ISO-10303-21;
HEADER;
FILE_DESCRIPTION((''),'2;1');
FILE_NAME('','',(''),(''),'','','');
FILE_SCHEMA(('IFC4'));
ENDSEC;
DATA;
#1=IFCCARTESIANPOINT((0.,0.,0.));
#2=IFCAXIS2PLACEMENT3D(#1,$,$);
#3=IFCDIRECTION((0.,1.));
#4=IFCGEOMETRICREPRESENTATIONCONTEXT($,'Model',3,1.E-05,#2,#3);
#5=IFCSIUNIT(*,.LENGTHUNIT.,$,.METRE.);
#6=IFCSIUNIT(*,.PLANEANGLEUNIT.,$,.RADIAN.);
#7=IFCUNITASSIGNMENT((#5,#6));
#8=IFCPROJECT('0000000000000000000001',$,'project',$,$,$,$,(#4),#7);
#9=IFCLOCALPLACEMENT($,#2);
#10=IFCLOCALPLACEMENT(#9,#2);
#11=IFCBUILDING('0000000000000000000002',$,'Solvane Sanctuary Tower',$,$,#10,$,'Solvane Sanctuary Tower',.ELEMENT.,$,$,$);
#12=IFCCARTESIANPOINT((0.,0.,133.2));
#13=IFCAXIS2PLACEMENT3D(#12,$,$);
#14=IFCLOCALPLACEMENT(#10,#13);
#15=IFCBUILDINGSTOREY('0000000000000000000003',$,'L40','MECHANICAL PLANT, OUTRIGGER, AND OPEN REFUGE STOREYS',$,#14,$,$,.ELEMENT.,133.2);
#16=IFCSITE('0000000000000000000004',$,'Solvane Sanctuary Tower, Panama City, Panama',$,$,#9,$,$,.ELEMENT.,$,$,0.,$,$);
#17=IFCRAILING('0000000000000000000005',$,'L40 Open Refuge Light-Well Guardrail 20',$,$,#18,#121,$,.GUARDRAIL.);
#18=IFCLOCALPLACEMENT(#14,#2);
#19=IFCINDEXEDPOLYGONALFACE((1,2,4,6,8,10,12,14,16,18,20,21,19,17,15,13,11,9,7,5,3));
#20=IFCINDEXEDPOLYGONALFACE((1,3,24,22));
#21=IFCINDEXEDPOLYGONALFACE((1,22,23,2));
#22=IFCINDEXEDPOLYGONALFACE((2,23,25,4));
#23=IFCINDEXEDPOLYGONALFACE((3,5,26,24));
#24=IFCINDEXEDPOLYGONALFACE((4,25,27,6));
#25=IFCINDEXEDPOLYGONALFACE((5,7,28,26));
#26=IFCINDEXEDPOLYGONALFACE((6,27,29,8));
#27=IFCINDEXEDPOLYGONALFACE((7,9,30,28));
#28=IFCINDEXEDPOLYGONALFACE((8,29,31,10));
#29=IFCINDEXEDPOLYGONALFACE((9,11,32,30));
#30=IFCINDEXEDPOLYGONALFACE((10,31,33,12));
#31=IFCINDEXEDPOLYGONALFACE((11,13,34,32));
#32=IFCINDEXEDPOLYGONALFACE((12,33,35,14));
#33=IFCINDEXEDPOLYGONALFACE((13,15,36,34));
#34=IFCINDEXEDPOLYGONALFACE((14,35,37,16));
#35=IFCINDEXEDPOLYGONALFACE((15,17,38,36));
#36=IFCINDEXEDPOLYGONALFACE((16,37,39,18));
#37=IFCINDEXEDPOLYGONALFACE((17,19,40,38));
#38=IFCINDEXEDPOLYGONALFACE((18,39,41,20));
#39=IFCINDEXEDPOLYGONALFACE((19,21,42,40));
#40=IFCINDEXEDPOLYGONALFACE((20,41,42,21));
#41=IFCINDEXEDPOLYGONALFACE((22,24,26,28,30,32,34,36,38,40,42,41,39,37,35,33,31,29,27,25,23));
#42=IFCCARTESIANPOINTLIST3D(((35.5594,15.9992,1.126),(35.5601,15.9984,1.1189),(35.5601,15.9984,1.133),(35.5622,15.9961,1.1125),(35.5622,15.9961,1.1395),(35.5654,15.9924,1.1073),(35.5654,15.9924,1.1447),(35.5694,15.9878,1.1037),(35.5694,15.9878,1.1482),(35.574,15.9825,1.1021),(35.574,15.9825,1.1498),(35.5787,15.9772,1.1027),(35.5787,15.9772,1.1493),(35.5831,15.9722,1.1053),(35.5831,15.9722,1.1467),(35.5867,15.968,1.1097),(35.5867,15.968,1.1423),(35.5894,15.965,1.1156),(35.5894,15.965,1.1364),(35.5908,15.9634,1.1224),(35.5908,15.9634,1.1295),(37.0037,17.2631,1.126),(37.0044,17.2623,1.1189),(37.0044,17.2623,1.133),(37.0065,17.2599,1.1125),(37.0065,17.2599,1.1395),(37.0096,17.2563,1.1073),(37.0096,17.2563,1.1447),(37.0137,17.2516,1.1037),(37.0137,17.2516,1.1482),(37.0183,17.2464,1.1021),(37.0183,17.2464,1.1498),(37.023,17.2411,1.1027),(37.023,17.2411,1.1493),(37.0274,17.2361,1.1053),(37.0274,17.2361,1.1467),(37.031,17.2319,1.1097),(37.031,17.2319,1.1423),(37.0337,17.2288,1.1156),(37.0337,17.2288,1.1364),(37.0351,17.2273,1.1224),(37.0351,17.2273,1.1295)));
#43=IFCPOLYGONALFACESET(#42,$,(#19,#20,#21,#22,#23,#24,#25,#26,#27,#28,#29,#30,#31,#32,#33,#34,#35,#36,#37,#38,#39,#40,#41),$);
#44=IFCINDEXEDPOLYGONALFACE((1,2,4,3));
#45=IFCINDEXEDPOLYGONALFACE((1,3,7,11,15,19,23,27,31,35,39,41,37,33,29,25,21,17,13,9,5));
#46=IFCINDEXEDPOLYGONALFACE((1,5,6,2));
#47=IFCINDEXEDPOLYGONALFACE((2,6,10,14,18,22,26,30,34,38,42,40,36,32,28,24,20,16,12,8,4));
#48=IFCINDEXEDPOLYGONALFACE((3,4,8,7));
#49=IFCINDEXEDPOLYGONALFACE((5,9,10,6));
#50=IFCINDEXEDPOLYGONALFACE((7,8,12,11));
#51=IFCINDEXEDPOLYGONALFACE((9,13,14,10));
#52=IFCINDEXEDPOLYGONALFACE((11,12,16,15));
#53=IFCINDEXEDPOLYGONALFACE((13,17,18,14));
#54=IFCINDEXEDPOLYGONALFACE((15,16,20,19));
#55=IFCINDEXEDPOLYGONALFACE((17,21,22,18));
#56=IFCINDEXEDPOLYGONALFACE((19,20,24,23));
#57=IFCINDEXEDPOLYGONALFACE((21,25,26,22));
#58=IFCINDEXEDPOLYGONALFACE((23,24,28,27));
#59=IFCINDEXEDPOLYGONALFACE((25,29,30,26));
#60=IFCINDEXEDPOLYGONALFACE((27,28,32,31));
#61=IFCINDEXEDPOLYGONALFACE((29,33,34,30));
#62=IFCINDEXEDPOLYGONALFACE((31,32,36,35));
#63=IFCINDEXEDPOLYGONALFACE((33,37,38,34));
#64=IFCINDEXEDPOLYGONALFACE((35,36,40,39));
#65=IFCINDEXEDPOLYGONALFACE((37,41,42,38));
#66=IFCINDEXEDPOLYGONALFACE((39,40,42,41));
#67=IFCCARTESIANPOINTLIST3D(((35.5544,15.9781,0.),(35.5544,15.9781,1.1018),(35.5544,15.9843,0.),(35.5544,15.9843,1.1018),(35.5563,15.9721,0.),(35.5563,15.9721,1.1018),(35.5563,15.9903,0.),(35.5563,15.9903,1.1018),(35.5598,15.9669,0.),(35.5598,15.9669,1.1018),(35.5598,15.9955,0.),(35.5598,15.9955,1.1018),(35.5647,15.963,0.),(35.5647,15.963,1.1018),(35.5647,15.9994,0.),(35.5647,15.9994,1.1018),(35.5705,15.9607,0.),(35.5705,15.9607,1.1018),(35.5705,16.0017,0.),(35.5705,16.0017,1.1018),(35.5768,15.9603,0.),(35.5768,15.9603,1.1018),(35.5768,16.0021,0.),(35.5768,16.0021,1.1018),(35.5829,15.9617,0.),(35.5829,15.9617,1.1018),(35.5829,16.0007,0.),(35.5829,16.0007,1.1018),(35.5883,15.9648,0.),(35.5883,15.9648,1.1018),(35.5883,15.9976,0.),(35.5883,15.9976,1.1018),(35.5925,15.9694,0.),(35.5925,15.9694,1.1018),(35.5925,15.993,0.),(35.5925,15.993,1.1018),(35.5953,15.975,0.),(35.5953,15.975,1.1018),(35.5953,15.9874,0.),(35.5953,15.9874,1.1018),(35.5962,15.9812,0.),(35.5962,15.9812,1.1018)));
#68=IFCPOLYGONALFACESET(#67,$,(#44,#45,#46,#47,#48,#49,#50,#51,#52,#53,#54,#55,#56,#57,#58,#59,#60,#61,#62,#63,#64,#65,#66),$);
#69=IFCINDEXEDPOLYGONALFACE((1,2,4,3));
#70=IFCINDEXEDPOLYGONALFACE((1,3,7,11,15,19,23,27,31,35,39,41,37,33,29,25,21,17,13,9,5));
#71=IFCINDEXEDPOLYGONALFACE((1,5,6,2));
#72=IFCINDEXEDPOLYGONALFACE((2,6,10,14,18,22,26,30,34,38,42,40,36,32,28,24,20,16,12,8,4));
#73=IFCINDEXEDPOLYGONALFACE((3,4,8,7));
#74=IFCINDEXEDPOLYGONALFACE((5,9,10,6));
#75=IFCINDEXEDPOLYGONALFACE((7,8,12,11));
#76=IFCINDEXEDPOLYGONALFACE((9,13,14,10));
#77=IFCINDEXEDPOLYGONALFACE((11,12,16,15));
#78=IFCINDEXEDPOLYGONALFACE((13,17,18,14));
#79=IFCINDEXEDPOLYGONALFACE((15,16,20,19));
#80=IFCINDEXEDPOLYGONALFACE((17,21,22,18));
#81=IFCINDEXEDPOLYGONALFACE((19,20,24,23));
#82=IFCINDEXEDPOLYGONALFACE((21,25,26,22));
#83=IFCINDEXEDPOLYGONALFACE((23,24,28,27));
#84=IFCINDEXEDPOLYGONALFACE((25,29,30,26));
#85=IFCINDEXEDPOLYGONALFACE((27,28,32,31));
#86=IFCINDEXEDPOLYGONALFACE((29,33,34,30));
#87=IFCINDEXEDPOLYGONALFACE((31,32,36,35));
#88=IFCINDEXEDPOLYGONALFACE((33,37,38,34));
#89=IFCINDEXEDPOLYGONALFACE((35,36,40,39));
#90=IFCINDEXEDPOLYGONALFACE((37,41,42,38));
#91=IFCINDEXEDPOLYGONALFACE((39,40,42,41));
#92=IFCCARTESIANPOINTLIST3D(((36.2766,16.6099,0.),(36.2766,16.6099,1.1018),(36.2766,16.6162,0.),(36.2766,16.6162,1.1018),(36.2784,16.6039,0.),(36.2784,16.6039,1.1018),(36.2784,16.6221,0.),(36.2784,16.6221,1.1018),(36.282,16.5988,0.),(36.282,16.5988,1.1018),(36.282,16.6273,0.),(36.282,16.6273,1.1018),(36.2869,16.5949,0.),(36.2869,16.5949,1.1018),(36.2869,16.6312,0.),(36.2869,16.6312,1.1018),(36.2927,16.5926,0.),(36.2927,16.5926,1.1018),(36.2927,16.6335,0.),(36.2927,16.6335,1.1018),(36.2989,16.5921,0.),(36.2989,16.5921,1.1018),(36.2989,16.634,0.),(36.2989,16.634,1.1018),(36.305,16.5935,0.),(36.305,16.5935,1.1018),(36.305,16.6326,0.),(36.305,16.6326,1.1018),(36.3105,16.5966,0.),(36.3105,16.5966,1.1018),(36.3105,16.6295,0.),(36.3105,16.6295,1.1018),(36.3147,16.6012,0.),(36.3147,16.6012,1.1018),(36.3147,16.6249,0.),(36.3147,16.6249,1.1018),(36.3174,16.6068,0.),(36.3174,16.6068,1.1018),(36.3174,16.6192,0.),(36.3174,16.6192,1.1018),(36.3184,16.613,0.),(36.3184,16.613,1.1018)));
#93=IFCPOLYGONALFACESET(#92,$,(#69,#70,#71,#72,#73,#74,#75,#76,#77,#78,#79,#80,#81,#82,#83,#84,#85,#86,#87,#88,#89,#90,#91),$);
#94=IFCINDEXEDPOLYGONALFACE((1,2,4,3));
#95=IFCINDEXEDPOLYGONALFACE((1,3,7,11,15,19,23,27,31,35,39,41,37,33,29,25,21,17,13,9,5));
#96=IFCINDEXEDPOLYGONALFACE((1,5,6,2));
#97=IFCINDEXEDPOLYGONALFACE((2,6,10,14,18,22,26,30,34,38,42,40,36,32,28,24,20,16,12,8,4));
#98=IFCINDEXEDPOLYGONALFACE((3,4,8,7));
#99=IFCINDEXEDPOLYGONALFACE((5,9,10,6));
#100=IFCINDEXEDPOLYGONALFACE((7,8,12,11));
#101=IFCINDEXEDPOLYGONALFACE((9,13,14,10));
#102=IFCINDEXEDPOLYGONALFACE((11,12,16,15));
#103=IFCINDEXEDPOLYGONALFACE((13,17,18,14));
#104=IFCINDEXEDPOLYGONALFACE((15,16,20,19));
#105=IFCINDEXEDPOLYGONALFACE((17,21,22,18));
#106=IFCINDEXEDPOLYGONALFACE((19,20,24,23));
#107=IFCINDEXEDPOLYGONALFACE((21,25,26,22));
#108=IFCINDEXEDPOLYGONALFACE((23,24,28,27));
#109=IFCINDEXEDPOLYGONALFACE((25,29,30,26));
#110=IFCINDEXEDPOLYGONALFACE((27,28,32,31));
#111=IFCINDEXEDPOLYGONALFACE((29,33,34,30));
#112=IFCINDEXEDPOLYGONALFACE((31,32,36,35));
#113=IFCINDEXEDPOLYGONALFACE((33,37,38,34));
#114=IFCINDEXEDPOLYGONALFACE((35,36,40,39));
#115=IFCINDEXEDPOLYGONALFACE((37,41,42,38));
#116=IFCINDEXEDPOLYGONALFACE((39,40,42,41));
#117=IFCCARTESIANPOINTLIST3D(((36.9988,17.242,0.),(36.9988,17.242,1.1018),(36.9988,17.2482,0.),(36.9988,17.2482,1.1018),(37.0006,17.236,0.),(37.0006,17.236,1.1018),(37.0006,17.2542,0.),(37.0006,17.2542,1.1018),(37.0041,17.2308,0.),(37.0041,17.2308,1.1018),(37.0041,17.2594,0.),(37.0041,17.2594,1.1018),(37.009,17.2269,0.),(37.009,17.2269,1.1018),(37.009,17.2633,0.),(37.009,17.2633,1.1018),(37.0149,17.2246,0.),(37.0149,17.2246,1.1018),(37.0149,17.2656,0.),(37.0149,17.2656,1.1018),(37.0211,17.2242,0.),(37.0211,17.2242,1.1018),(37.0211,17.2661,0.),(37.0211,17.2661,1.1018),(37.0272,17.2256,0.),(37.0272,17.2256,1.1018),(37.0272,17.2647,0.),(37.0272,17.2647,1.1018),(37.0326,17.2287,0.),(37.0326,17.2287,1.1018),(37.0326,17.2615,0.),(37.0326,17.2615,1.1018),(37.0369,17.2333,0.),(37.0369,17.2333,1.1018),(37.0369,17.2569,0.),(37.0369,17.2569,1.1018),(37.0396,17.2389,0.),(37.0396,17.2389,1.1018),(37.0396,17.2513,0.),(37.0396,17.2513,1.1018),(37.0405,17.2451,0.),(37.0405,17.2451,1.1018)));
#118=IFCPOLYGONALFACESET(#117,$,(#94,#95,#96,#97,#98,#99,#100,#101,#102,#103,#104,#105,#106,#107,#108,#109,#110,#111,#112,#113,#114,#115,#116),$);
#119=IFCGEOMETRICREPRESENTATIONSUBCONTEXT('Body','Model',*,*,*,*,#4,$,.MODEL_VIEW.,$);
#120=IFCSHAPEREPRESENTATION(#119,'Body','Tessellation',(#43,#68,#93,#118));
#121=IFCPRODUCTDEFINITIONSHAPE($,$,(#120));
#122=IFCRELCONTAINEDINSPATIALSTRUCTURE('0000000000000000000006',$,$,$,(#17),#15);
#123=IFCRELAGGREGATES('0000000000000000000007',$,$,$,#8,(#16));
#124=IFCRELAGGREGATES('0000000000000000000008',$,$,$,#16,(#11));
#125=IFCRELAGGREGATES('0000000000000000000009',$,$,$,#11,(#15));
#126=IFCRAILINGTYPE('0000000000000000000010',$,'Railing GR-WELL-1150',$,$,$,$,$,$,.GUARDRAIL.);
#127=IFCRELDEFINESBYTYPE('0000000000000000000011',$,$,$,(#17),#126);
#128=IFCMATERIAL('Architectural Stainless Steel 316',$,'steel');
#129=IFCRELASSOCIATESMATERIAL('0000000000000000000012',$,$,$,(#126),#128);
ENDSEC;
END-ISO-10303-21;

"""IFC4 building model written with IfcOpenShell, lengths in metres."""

from ifc_helpers import new_model, si_unit, direction, frame, origin, origin_2d, place, context, subcontext, project, spatial, circle, extrude, material, type_object, element, save


model = new_model("IFC4")

# Units and contexts
model_context = context("Model", 3, precision=1e-05, world=origin(), true_north=direction((0.0, 1.0)))
body_context = subcontext(model_context, "Body", "Model", "MODEL_VIEW")
ifc_project = project(units=[si_unit("LENGTHUNIT", "METRE"), si_unit("PLANEANGLEUNIT", "RADIAN")], contexts=[model_context])

# Site, building, storey
site_placement = place(None, origin())
site = spatial("IfcSite", under=ifc_project, at=site_placement, Name="Solvane Sanctuary Tower, Panama City, Panama", CompositionType="ELEMENT", RefElevation=0.0)
building_placement = place(site_placement, origin())
building = spatial("IfcBuilding", under=site, at=building_placement, Name="Solvane Sanctuary Tower", LongName="Solvane Sanctuary Tower", CompositionType="ELEMENT")
storey_placement = place(building_placement, frame((0.0, 0.0, 133.2)))
storey = spatial("IfcBuildingStorey", under=building, at=storey_placement, Name="L40", Description="MECHANICAL PLANT, OUTRIGGER, AND OPEN REFUGE STOREYS", CompositionType="ELEMENT", Elevation=133.2)

# Shared definitions
ifc_material_1 = material(Name="Architectural Stainless Steel 316", Category="steel")

# Railing
railing_type_1 = type_object("IfcRailingType", Name="Railing GR-WELL-1150", PredefinedType="GUARDRAIL", material=ifc_material_1)
railing_1_placement = place(storey_placement, frame((35.5752, 15.9812, 0.0)))
element("IfcRailing", 1, at=railing_1_placement, inside=storey, type_object=railing_type_1, Name="L40 Open Refuge Light-Well Guardrail 20", PredefinedType="GUARDRAIL", context=body_context, shape_type="SweptSolid", body=[
    extrude(circle(Radius=0.0239, at=origin_2d()), frame((0.0, 0.0, 1.126), z_axis=(0.752545, 0.658541, 0.0), x_axis=(-0.658541, 0.752545, 0.0)), (0.0, 0.0, 1.0), 1.9192),
    extrude(circle(Radius=0.021, at=origin_2d()), origin(), (0.0, 0.0, 1.0), 1.1018),
    extrude(circle(Radius=0.021, at=origin_2d()), frame((0.7222, 0.6318, 0.0)), (0.0, 0.0, 1.0), 1.1018),
    extrude(circle(Radius=0.021, at=origin_2d()), frame((1.4443, 1.2639, 0.0)), (0.0, 0.0, 1.0), 1.1018),
])

save(model, "model.ifc")
